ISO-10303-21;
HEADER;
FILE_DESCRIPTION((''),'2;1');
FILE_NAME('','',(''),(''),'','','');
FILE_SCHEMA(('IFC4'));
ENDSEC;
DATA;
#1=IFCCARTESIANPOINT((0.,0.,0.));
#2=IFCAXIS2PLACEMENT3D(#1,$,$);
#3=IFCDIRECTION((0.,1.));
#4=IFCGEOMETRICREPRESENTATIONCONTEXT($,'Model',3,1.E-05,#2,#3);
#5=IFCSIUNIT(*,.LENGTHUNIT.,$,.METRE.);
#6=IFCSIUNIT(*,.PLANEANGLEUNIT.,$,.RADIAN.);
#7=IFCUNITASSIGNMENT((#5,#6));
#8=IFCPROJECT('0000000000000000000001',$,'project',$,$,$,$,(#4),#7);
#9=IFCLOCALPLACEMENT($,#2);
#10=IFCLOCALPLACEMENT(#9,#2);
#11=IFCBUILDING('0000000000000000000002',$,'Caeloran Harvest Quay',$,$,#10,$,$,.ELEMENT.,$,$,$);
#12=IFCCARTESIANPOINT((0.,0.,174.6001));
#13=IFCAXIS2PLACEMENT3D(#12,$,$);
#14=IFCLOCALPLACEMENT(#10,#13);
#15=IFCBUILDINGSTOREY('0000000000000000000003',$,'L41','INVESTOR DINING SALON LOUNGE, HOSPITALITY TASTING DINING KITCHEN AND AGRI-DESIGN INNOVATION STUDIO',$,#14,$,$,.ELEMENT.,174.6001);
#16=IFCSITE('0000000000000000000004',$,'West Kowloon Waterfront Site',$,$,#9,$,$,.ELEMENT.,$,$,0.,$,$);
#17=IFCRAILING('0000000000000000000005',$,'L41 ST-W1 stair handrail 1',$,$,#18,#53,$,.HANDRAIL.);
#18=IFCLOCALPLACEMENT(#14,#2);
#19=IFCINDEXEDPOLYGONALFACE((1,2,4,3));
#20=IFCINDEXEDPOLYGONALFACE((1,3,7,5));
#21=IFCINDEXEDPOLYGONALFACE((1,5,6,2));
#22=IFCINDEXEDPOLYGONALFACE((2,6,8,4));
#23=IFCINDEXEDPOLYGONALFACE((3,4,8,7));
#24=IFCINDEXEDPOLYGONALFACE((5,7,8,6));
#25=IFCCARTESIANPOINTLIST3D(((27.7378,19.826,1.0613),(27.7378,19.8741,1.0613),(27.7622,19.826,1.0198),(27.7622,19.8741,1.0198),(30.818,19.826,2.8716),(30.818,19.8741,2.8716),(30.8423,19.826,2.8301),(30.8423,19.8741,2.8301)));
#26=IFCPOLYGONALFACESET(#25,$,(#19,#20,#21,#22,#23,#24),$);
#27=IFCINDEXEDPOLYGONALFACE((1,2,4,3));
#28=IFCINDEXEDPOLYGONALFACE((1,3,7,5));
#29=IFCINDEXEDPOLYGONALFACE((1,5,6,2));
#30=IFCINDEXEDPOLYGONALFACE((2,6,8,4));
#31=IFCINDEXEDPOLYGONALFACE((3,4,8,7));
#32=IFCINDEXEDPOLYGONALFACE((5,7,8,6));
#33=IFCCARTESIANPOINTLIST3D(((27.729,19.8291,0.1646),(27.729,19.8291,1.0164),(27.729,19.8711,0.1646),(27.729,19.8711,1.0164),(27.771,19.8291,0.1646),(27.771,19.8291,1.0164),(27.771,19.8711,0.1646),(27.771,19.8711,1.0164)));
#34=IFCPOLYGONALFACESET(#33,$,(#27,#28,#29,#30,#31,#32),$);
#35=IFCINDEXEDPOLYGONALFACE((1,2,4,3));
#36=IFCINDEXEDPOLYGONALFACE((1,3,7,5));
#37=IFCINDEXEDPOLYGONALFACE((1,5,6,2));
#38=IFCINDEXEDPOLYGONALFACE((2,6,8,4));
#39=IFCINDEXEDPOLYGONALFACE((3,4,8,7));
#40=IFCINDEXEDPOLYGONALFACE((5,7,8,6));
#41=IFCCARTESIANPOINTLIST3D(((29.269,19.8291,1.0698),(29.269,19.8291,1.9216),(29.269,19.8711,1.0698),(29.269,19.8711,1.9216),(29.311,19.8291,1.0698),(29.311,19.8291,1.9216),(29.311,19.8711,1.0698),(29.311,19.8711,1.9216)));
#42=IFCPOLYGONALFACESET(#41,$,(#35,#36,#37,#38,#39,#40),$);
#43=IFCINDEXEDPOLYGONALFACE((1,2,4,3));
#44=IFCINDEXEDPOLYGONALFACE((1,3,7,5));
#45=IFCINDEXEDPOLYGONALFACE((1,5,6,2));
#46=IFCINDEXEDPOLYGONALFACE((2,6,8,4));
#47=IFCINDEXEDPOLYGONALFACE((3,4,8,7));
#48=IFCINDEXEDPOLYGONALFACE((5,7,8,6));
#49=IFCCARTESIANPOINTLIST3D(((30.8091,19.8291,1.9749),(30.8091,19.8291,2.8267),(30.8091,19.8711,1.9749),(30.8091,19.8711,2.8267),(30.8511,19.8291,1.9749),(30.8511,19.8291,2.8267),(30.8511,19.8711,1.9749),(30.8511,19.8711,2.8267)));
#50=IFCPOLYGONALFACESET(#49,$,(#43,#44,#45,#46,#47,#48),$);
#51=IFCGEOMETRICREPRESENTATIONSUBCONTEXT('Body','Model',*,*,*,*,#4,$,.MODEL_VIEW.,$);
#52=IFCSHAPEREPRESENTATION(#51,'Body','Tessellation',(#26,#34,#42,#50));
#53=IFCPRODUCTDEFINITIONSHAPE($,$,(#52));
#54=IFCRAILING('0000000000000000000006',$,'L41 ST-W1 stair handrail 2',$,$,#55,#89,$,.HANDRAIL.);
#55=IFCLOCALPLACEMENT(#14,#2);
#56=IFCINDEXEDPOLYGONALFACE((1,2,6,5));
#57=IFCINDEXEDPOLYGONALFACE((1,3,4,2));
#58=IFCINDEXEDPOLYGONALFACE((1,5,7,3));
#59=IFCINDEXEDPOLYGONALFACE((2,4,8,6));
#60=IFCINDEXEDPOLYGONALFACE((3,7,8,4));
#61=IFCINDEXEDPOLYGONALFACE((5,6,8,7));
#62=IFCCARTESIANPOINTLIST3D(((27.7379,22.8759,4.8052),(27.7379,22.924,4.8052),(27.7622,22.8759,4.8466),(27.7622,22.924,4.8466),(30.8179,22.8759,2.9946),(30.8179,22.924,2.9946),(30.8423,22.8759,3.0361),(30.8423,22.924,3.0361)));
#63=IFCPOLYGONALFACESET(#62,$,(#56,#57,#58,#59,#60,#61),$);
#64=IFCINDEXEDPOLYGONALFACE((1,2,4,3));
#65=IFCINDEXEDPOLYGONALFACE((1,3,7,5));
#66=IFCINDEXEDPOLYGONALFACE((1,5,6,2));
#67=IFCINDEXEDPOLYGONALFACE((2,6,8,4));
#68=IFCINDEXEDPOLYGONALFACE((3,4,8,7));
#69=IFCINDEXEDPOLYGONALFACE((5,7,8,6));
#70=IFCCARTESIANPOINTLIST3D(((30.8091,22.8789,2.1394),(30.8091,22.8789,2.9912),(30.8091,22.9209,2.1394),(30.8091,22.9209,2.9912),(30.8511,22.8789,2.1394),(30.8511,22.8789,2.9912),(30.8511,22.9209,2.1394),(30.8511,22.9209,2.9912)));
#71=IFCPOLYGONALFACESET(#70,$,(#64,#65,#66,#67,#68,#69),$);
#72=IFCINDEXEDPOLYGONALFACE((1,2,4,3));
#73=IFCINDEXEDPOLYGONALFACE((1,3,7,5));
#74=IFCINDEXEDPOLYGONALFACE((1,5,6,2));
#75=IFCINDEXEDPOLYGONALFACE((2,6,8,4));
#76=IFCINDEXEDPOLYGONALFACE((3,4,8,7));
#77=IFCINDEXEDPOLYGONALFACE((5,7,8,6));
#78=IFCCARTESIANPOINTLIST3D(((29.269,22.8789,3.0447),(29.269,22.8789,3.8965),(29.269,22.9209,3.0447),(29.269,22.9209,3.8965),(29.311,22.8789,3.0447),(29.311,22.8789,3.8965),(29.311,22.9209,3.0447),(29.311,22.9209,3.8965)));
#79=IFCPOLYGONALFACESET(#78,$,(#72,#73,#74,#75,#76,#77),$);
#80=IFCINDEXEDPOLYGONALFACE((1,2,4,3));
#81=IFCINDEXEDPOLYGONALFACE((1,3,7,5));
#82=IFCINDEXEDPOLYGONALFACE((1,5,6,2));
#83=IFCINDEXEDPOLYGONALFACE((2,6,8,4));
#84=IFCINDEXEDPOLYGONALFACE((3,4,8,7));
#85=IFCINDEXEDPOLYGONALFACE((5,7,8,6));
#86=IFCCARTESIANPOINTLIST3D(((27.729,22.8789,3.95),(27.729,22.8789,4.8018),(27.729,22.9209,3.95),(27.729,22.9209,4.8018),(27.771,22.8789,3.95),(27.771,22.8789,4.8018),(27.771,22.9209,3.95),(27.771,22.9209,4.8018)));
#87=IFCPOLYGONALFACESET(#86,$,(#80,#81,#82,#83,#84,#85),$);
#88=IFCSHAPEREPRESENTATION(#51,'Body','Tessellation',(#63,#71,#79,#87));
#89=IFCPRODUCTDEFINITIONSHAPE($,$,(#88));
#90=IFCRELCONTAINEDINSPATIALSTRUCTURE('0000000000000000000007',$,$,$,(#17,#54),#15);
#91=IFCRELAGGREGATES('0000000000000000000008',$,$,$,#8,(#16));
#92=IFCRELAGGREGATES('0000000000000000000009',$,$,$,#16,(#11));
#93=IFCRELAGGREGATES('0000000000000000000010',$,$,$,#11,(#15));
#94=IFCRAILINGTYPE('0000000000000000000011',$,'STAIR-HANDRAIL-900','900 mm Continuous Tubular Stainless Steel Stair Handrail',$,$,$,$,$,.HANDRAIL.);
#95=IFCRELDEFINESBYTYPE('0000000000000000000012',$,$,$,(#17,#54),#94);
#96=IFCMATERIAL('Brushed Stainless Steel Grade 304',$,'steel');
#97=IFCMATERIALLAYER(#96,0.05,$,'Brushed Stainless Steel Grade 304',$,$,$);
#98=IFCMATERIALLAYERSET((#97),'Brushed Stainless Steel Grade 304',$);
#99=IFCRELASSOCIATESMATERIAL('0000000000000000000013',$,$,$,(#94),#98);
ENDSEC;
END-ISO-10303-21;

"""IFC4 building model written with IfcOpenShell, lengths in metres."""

from ifc_helpers import new_model, si_unit, direction, frame, origin, origin_2d, place, context, subcontext, project, spatial, rectangle, extrude, material, layer, layer_set, type_object, element, save


model = new_model("IFC4")

# Units and contexts
model_context = context("Model", 3, precision=1e-05, world=origin(), true_north=direction((0.0, 1.0)))
body_context = subcontext(model_context, "Body", "Model", "MODEL_VIEW")
ifc_project = project(units=[si_unit("LENGTHUNIT", "METRE"), si_unit("PLANEANGLEUNIT", "RADIAN")], contexts=[model_context])

# Site, building, storey
site_placement = place(None, origin())
site = spatial("IfcSite", under=ifc_project, at=site_placement, Name="West Kowloon Waterfront Site", CompositionType="ELEMENT", RefElevation=0.0)
building_placement = place(site_placement, origin())
building = spatial("IfcBuilding", under=site, at=building_placement, Name="Caeloran Harvest Quay", CompositionType="ELEMENT")
storey_placement = place(building_placement, frame((0.0, 0.0, 174.6001)))
storey = spatial("IfcBuildingStorey", under=building, at=storey_placement, Name="L41", Description="INVESTOR DINING SALON LOUNGE, HOSPITALITY TASTING DINING KITCHEN AND AGRI-DESIGN INNOVATION STUDIO", CompositionType="ELEMENT", Elevation=174.6001)

# Railings
ifc_material_1 = material(Name="Brushed Stainless Steel Grade 304", Category="steel")
ifc_layer_1 = layer(ifc_material_1, 0.05, Name="Brushed Stainless Steel Grade 304")
ifc_layer_set_1 = layer_set([ifc_layer_1], Name="Brushed Stainless Steel Grade 304")
railing_type_1 = type_object("IfcRailingType", Name="STAIR-HANDRAIL-900", Description="900 mm Continuous Tubular Stainless Steel Stair Handrail", PredefinedType="HANDRAIL", material=ifc_layer_set_1)
railing_1_placement = place(storey_placement, frame((27.75, 19.8501, 0.1646)))
element("IfcRailing", 1, at=railing_1_placement, inside=storey, type_object=railing_type_1, Name="L41 ST-W1 stair handrail 1", PredefinedType="HANDRAIL", context=body_context, shape_type="SweptSolid", body=[
    extrude(rectangle(XDim=0.0481, YDim=0.0481, at=origin_2d()), frame((0.0, 0.0, 0.876), z_axis=(0.862119, 0.0, 0.506707), x_axis=(0.0, 1.0, 0.0)), (0.0, 0.0, 1.0), 3.5728),
    extrude(rectangle(XDim=0.042, YDim=0.042, at=origin_2d()), origin(), (0.0, 0.0, 1.0), 0.8518),
    extrude(rectangle(XDim=0.042, YDim=0.042, at=origin_2d()), frame((1.54, 0.0, 0.9053)), (0.0, 0.0, 1.0), 0.8518),
    extrude(rectangle(XDim=0.042, YDim=0.042, at=origin_2d()), frame((3.0801, 0.0, 1.8103)), (0.0, 0.0, 1.0), 0.8518),
])
railing_2_placement = place(storey_placement, frame((30.8301, 22.8999, 2.1394)))
element("IfcRailing", 2, at=railing_2_placement, inside=storey, type_object=railing_type_1, Name="L41 ST-W1 stair handrail 2", PredefinedType="HANDRAIL", context=body_context, shape_type="SweptSolid", body=[
    extrude(rectangle(XDim=0.0481, YDim=0.0481, at=origin_2d()), frame((0.0, 0.0, 0.876), z_axis=(-0.862089, 0.0, 0.506757), x_axis=(0.0, -1.0, 0.0)), (0.0, 0.0, 1.0), 3.5728),
    extrude(rectangle(XDim=0.042, YDim=0.042, at=origin_2d()), origin(), (0.0, 0.0, 1.0), 0.8518),
    extrude(rectangle(XDim=0.042, YDim=0.042, at=origin_2d()), frame((-1.54, 0.0, 0.9053)), (0.0, 0.0, 1.0), 0.8518),
    extrude(rectangle(XDim=0.042, YDim=0.042, at=origin_2d()), frame((-3.0801, 0.0, 1.8105)), (0.0, 0.0, 1.0), 0.8518),
])

save(model, "model.ifc")
